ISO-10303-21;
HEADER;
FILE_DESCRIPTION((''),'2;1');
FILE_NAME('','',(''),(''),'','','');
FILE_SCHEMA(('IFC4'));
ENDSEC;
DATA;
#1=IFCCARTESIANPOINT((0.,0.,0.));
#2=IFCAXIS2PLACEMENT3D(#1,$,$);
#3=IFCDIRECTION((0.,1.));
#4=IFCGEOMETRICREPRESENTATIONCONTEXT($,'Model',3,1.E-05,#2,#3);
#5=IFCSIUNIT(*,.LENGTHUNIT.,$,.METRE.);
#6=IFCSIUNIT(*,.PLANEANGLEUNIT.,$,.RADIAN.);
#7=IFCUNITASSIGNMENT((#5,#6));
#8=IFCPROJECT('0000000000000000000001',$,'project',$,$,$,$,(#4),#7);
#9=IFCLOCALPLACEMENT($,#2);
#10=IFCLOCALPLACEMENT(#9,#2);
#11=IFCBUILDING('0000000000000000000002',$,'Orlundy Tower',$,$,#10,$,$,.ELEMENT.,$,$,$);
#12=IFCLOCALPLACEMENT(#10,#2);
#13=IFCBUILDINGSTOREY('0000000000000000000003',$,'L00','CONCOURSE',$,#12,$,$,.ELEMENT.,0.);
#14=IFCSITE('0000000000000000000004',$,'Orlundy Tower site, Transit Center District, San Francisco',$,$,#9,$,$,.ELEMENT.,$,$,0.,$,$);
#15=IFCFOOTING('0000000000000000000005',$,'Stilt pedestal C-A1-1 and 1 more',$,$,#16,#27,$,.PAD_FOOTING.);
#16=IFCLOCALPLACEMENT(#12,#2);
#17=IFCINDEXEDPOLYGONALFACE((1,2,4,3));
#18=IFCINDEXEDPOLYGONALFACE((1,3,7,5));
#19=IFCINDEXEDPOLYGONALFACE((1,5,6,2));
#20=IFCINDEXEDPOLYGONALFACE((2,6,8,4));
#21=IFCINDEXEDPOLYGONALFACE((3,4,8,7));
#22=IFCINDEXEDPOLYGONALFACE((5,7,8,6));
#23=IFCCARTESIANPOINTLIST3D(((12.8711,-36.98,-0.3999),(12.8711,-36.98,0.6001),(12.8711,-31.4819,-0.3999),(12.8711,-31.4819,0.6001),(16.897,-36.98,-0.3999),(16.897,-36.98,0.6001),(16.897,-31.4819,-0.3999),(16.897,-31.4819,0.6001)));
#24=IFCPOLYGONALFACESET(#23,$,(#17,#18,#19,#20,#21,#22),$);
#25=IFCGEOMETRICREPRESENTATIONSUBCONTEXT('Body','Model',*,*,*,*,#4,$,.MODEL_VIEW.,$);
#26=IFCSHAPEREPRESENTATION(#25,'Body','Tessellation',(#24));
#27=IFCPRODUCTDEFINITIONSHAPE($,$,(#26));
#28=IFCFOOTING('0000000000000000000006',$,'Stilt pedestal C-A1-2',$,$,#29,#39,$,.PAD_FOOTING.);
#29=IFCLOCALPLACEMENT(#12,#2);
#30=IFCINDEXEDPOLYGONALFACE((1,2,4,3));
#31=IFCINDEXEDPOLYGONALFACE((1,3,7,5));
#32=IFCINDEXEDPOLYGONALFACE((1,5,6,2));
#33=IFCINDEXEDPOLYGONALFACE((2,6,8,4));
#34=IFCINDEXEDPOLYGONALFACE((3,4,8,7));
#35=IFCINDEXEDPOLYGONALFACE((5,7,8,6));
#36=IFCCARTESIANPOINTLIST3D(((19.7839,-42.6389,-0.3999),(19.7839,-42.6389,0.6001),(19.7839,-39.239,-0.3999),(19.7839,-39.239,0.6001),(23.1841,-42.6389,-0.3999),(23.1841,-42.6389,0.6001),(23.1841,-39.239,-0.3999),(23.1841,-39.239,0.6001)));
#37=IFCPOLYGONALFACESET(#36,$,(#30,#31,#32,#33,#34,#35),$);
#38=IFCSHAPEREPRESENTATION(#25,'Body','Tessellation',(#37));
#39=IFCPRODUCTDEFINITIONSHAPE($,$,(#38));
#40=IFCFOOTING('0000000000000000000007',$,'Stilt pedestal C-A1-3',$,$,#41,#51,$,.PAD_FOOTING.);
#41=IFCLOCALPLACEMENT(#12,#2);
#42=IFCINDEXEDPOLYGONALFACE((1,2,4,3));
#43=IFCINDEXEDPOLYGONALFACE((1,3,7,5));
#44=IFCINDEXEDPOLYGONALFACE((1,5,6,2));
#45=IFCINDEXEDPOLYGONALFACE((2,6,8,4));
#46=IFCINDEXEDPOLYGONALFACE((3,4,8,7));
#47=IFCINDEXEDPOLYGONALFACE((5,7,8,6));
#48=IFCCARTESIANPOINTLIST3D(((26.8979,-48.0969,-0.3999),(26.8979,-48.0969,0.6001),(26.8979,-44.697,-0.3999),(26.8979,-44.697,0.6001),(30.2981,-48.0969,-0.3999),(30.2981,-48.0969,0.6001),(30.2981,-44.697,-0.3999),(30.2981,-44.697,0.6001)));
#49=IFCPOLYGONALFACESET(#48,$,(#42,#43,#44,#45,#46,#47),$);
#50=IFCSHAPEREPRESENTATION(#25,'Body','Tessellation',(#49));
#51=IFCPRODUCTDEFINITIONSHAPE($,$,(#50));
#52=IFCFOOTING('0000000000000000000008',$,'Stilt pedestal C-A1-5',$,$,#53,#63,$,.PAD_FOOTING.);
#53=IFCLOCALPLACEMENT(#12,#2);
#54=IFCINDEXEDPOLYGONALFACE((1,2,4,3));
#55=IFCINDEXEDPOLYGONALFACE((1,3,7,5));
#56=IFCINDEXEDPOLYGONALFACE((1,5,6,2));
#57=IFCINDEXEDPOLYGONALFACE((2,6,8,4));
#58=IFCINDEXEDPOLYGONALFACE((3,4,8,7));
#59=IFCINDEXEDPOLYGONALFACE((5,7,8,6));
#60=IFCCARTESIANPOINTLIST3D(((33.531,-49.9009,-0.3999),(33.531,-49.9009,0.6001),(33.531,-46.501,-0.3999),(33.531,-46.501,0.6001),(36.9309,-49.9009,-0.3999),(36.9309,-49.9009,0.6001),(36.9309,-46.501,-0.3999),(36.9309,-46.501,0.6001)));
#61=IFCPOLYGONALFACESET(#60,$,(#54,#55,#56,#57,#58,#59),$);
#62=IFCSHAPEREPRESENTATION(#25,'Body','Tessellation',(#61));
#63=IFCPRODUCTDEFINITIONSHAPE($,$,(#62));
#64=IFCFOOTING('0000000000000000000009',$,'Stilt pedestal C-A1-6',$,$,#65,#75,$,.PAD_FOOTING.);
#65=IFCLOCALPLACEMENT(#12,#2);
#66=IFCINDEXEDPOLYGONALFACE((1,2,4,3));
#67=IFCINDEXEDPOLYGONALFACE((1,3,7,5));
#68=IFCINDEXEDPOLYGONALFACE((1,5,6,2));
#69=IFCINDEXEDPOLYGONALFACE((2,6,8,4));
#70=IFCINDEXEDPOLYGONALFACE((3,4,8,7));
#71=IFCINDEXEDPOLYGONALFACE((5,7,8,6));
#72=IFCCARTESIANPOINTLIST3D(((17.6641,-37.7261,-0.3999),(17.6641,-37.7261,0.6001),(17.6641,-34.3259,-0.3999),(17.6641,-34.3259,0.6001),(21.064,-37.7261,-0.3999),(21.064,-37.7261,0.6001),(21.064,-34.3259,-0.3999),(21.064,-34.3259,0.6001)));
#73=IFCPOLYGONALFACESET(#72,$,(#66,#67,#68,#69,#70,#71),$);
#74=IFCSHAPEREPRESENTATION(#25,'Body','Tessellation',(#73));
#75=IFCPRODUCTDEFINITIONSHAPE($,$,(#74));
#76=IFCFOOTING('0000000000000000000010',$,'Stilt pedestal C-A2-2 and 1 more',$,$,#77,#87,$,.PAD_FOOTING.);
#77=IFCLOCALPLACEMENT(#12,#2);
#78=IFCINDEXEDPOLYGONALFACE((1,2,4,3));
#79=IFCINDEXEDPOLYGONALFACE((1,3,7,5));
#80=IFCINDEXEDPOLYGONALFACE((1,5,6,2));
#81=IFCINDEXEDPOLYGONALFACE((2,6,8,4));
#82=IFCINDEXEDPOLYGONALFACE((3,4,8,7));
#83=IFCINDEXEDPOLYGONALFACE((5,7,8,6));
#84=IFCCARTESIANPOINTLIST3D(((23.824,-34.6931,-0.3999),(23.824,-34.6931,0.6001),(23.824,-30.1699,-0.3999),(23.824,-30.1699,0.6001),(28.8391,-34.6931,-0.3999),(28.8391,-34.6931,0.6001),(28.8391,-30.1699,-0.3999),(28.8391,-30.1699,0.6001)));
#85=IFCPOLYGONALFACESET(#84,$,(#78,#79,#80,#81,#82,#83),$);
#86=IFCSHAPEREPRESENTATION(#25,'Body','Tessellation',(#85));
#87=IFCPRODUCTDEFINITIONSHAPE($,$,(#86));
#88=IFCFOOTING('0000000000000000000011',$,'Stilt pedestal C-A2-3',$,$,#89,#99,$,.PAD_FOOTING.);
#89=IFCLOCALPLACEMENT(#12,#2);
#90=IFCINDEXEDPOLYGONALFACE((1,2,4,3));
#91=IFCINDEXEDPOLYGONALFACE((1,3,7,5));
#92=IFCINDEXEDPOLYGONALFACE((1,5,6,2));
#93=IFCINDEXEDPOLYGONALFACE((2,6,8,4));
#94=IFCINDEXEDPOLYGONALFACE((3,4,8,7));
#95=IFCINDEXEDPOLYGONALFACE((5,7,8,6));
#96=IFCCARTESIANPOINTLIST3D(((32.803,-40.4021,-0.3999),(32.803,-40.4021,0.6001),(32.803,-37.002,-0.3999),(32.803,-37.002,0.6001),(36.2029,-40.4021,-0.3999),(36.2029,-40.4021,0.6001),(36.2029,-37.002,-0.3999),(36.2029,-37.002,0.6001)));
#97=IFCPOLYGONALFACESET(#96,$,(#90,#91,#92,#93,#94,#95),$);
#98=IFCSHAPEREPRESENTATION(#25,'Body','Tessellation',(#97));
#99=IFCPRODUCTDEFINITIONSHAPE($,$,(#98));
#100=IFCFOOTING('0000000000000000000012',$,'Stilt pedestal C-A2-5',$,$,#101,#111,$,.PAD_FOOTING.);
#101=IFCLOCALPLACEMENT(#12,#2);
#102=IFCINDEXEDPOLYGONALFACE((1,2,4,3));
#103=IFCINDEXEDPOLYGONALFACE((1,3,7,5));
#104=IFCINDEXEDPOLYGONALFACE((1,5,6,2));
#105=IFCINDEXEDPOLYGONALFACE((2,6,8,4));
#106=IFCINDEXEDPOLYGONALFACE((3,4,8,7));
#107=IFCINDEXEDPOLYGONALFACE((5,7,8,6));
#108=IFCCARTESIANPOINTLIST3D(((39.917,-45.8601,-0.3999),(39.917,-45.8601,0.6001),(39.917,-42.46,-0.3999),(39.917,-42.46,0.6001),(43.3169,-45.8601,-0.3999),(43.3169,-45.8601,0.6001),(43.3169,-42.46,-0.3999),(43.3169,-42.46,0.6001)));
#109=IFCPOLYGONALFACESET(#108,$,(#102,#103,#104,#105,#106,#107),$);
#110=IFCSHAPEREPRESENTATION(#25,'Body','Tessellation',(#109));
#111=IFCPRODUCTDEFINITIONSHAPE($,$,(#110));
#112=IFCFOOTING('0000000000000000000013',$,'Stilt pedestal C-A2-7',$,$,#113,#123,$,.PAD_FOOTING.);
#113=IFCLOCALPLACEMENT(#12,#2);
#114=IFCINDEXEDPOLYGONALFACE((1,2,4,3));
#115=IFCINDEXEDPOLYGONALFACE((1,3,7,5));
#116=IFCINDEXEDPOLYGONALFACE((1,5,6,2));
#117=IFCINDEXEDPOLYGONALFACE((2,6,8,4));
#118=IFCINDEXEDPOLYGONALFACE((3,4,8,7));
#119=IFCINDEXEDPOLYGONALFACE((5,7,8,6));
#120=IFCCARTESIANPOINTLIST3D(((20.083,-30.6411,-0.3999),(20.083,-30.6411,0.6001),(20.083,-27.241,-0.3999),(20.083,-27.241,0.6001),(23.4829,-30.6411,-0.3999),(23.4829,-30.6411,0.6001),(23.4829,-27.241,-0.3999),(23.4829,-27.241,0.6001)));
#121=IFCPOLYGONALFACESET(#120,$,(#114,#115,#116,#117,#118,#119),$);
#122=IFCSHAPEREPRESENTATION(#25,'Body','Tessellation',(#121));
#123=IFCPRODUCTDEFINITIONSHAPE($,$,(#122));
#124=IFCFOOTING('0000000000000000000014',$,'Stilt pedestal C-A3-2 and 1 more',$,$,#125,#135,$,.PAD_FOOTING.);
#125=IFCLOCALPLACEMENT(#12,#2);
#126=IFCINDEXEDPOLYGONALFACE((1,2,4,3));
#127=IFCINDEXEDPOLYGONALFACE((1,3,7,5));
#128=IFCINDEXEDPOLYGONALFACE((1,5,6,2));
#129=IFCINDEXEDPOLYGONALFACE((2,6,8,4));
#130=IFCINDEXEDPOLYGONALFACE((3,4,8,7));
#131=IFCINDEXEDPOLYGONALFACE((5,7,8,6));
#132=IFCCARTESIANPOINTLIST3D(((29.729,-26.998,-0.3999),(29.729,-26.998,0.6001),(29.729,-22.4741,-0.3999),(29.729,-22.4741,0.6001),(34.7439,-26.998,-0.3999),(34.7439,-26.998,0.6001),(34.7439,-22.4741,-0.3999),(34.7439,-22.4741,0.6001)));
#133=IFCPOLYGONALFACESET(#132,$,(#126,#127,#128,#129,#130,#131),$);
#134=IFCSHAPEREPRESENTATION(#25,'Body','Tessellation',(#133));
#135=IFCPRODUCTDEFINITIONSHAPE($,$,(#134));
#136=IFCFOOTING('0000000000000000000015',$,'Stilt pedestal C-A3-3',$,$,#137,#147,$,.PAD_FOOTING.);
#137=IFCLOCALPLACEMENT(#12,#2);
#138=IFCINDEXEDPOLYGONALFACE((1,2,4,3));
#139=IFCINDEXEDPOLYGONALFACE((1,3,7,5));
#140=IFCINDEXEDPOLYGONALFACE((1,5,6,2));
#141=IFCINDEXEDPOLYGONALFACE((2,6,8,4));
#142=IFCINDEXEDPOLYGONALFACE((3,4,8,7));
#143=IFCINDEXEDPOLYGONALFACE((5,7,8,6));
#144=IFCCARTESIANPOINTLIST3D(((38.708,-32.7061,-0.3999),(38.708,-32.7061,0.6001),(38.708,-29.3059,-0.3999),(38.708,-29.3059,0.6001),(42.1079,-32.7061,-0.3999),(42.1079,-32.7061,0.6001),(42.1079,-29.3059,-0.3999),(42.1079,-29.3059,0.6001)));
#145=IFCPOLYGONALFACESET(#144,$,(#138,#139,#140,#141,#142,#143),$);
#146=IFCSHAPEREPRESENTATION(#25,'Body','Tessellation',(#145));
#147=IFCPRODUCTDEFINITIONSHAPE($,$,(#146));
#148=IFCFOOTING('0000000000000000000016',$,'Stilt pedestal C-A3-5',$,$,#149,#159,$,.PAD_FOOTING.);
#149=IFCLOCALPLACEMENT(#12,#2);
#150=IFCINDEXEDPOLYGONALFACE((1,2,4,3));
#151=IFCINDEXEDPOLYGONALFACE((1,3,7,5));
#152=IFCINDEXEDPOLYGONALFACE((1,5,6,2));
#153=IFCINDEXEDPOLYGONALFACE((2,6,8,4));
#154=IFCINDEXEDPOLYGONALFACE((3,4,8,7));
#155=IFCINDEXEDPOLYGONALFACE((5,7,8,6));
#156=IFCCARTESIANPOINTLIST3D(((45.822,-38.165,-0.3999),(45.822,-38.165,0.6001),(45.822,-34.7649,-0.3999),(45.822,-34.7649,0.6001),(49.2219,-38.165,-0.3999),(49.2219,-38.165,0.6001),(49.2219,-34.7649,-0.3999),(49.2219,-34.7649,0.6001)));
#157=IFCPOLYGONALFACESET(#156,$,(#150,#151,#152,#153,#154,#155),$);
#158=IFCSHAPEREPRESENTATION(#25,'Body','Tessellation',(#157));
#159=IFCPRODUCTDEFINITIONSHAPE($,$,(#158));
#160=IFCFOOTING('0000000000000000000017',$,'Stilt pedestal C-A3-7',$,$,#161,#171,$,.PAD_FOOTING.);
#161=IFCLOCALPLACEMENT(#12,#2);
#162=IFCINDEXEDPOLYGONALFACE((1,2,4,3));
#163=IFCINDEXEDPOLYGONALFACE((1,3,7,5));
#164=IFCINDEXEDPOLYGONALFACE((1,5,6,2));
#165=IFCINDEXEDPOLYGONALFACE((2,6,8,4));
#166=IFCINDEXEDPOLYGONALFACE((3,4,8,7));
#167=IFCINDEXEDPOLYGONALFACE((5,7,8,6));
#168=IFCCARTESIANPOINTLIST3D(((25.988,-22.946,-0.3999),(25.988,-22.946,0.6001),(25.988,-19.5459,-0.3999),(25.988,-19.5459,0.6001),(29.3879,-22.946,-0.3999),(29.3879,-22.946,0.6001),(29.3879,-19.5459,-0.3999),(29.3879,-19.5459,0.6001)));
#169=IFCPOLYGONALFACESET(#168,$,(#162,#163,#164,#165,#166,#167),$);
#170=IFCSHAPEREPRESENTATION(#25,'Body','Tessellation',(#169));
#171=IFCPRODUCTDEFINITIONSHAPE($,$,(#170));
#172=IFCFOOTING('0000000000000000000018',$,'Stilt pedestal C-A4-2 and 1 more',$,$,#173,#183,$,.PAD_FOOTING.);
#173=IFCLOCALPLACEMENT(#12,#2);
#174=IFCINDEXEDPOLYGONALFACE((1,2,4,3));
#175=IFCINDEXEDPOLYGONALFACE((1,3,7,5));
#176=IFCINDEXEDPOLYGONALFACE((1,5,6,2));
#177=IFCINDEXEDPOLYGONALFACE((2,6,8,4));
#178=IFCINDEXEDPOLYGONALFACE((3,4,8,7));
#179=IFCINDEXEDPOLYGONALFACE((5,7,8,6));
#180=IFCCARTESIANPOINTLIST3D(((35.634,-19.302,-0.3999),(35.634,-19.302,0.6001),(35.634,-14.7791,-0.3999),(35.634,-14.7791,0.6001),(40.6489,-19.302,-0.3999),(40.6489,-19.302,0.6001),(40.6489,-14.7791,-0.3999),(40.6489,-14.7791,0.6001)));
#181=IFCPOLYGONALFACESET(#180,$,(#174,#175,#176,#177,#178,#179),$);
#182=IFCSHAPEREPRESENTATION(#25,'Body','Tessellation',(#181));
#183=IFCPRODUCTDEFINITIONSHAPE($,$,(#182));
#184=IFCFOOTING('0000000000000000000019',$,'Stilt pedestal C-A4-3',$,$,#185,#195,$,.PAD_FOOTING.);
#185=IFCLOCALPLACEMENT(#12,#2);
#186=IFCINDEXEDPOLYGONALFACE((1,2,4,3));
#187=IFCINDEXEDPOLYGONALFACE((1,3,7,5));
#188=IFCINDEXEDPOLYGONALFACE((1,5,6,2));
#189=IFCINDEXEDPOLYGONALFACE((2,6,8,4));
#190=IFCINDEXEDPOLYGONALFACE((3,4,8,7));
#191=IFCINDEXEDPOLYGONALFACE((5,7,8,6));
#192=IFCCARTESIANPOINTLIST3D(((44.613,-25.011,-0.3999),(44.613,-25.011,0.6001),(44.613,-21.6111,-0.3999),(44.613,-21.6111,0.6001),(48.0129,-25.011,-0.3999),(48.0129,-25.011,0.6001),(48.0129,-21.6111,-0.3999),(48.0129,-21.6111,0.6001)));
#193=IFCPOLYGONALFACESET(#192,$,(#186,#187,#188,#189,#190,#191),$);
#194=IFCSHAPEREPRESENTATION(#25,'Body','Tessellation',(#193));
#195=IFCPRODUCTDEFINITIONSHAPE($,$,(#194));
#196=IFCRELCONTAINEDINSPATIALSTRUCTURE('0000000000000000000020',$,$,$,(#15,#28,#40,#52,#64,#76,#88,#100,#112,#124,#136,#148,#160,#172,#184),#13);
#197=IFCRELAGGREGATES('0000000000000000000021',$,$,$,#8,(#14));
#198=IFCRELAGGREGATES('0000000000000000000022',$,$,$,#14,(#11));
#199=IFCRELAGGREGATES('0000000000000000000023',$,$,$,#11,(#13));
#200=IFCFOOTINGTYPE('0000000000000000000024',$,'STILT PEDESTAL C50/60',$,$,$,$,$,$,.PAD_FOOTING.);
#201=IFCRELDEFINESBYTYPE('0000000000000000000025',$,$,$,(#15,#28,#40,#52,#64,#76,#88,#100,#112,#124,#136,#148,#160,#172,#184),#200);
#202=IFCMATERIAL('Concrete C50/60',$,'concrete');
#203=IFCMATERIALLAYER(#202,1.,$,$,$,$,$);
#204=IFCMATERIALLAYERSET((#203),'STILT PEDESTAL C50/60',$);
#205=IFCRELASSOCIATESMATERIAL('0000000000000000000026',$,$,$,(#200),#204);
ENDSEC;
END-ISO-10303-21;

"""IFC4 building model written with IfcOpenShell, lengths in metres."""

from ifc_helpers import new_model, si_unit, direction, frame, origin, place, context, subcontext, project, spatial, polyline, outline, extrude, material, layer, layer_set, type_object, element, save


model = new_model("IFC4")

# Units and contexts
model_context = context("Model", 3, precision=1e-05, world=origin(), true_north=direction((0.0, 1.0)))
body_context = subcontext(model_context, "Body", "Model", "MODEL_VIEW")
ifc_project = project(units=[si_unit("LENGTHUNIT", "METRE"), si_unit("PLANEANGLEUNIT", "RADIAN")], contexts=[model_context])

# Site, building, storey
site_placement = place(None, origin())
site = spatial("IfcSite", under=ifc_project, at=site_placement, Name="Orlundy Tower site, Transit Center District, San Francisco", CompositionType="ELEMENT", RefElevation=0.0)
building_placement = place(site_placement, origin())
building = spatial("IfcBuilding", under=site, at=building_placement, Name="Orlundy Tower", CompositionType="ELEMENT")
storey_placement = place(building_placement, origin())
storey = spatial("IfcBuildingStorey", under=building, at=storey_placement, Name="L00", Description="CONCOURSE", CompositionType="ELEMENT", Elevation=0.0)

# Footings
ifc_material = material(Name="Concrete C50/60", Category="concrete")
ifc_layer = layer(ifc_material, 1.0)
ifc_layer_set = layer_set([ifc_layer], Name="STILT PEDESTAL C50/60")
footing_type = type_object("IfcFootingType", Name="STILT PEDESTAL C50/60", PredefinedType="PAD_FOOTING", material=ifc_layer_set)
footing_1_placement = place(storey_placement, frame((0.0, 0.0, -0.3999)))
element("IfcFooting", 1, at=footing_1_placement, inside=storey, type_object=footing_type, Name="Stilt pedestal C-A1-1 and 1 more", PredefinedType="PAD_FOOTING", context=body_context, shape_type="SweptSolid", body=[
    extrude(outline(polyline([(16.897, -36.98), (16.897, -31.4819), (12.8711, -31.4819), (12.8711, -36.98), (16.897, -36.98)])), origin(), (0.0, 0.0, 1.0), 1.0),
])
footing_2_placement = place(storey_placement, frame((0.0, 0.0, -0.3999)))
element("IfcFooting", 2, at=footing_2_placement, inside=storey, type_object=footing_type, Name="Stilt pedestal C-A1-2", PredefinedType="PAD_FOOTING", context=body_context, shape_type="SweptSolid", body=[
    extrude(outline(polyline([(23.1841, -42.6389), (23.1841, -39.239), (19.7839, -39.239), (19.7839, -42.6389), (23.1841, -42.6389)])), origin(), (0.0, 0.0, 1.0), 1.0),
])
footing_3_placement = place(storey_placement, frame((0.0, 0.0, -0.3999)))
element("IfcFooting", 3, at=footing_3_placement, inside=storey, type_object=footing_type, Name="Stilt pedestal C-A1-3", PredefinedType="PAD_FOOTING", context=body_context, shape_type="SweptSolid", body=[
    extrude(outline(polyline([(30.2981, -48.0969), (30.2981, -44.697), (26.8979, -44.697), (26.8979, -48.0969), (30.2981, -48.0969)])), origin(), (0.0, 0.0, 1.0), 1.0),
])
footing_4_placement = place(storey_placement, frame((0.0, 0.0, -0.3999)))
element("IfcFooting", 4, at=footing_4_placement, inside=storey, type_object=footing_type, Name="Stilt pedestal C-A1-5", PredefinedType="PAD_FOOTING", context=body_context, shape_type="SweptSolid", body=[
    extrude(outline(polyline([(36.9309, -49.9009), (36.9309, -46.501), (33.531, -46.501), (33.531, -49.9009), (36.9309, -49.9009)])), origin(), (0.0, 0.0, 1.0), 1.0),
])
footing_5_placement = place(storey_placement, frame((0.0, 0.0, -0.3999)))
element("IfcFooting", 5, at=footing_5_placement, inside=storey, type_object=footing_type, Name="Stilt pedestal C-A1-6", PredefinedType="PAD_FOOTING", context=body_context, shape_type="SweptSolid", body=[
    extrude(outline(polyline([(21.064, -37.7261), (21.064, -34.3259), (17.6641, -34.3259), (17.6641, -37.7261), (21.064, -37.7261)])), origin(), (0.0, 0.0, 1.0), 1.0),
])
footing_6_placement = place(storey_placement, frame((0.0, 0.0, -0.3999)))
element("IfcFooting", 6, at=footing_6_placement, inside=storey, type_object=footing_type, Name="Stilt pedestal C-A2-2 and 1 more", PredefinedType="PAD_FOOTING", context=body_context, shape_type="SweptSolid", body=[
    extrude(outline(polyline([(28.8391, -34.6931), (28.8391, -30.1699), (23.824, -30.1699), (23.824, -34.6931), (28.8391, -34.6931)])), origin(), (0.0, 0.0, 1.0), 1.0),
])
footing_7_placement = place(storey_placement, frame((0.0, 0.0, -0.3999)))
element("IfcFooting", 7, at=footing_7_placement, inside=storey, type_object=footing_type, Name="Stilt pedestal C-A2-3", PredefinedType="PAD_FOOTING", context=body_context, shape_type="SweptSolid", body=[
    extrude(outline(polyline([(36.2029, -40.4021), (36.2029, -37.002), (32.803, -37.002), (32.803, -40.4021), (36.2029, -40.4021)])), origin(), (0.0, 0.0, 1.0), 1.0),
])
footing_8_placement = place(storey_placement, frame((0.0, 0.0, -0.3999)))
element("IfcFooting", 8, at=footing_8_placement, inside=storey, type_object=footing_type, Name="Stilt pedestal C-A2-5", PredefinedType="PAD_FOOTING", context=body_context, shape_type="SweptSolid", body=[
    extrude(outline(polyline([(43.3169, -45.8601), (43.3169, -42.46), (39.917, -42.46), (39.917, -45.8601), (43.3169, -45.8601)])), origin(), (0.0, 0.0, 1.0), 1.0),
])
footing_9_placement = place(storey_placement, frame((0.0, 0.0, -0.3999)))
element("IfcFooting", 9, at=footing_9_placement, inside=storey, type_object=footing_type, Name="Stilt pedestal C-A2-7", PredefinedType="PAD_FOOTING", context=body_context, shape_type="SweptSolid", body=[
    extrude(outline(polyline([(23.4829, -30.6411), (23.4829, -27.241), (20.083, -27.241), (20.083, -30.6411), (23.4829, -30.6411)])), origin(), (0.0, 0.0, 1.0), 1.0),
])
footing_10_placement = place(storey_placement, frame((0.0, 0.0, -0.3999)))
element("IfcFooting", 10, at=footing_10_placement, inside=storey, type_object=footing_type, Name="Stilt pedestal C-A3-2 and 1 more", PredefinedType="PAD_FOOTING", context=body_context, shape_type="SweptSolid", body=[
    extrude(outline(polyline([(34.7439, -26.998), (34.7439, -22.4741), (29.729, -22.4741), (29.729, -26.998), (34.7439, -26.998)])), origin(), (0.0, 0.0, 1.0), 1.0),
])
footing_11_placement = place(storey_placement, frame((0.0, 0.0, -0.3999)))
element("IfcFooting", 11, at=footing_11_placement, inside=storey, type_object=footing_type, Name="Stilt pedestal C-A3-3", PredefinedType="PAD_FOOTING", context=body_context, shape_type="SweptSolid", body=[
    extrude(outline(polyline([(42.1079, -32.7061), (42.1079, -29.3059), (38.708, -29.3059), (38.708, -32.7061), (42.1079, -32.7061)])), origin(), (0.0, 0.0, 1.0), 1.0),
])
footing_12_placement = place(storey_placement, frame((0.0, 0.0, -0.3999)))
element("IfcFooting", 12, at=footing_12_placement, inside=storey, type_object=footing_type, Name="Stilt pedestal C-A3-5", PredefinedType="PAD_FOOTING", context=body_context, shape_type="SweptSolid", body=[
    extrude(outline(polyline([(49.2219, -38.165), (49.2219, -34.7649), (45.822, -34.7649), (45.822, -38.165), (49.2219, -38.165)])), origin(), (0.0, 0.0, 1.0), 1.0),
])
footing_13_placement = place(storey_placement, frame((0.0, 0.0, -0.3999)))
element("IfcFooting", 13, at=footing_13_placement, inside=storey, type_object=footing_type, Name="Stilt pedestal C-A3-7", PredefinedType="PAD_FOOTING", context=body_context, shape_type="SweptSolid", body=[
    extrude(outline(polyline([(29.3879, -22.946), (29.3879, -19.5459), (25.988, -19.5459), (25.988, -22.946), (29.3879, -22.946)])), origin(), (0.0, 0.0, 1.0), 1.0),
])
footing_14_placement = place(storey_placement, frame((0.0, 0.0, -0.3999)))
element("IfcFooting", 14, at=footing_14_placement, inside=storey, type_object=footing_type, Name="Stilt pedestal C-A4-2 and 1 more", PredefinedType="PAD_FOOTING", context=body_context, shape_type="SweptSolid", body=[
    extrude(outline(polyline([(40.6489, -19.302), (40.6489, -14.7791), (35.634, -14.7791), (35.634, -19.302), (40.6489, -19.302)])), origin(), (0.0, 0.0, 1.0), 1.0),
])
footing_15_placement = place(storey_placement, frame((0.0, 0.0, -0.3999)))
element("IfcFooting", 15, at=footing_15_placement, inside=storey, type_object=footing_type, Name="Stilt pedestal C-A4-3", PredefinedType="PAD_FOOTING", context=body_context, shape_type="SweptSolid", body=[
    extrude(outline(polyline([(48.0129, -25.011), (48.0129, -21.6111), (44.613, -21.6111), (44.613, -25.011), (48.0129, -25.011)])), origin(), (0.0, 0.0, 1.0), 1.0),
])

save(model, "model.ifc")
